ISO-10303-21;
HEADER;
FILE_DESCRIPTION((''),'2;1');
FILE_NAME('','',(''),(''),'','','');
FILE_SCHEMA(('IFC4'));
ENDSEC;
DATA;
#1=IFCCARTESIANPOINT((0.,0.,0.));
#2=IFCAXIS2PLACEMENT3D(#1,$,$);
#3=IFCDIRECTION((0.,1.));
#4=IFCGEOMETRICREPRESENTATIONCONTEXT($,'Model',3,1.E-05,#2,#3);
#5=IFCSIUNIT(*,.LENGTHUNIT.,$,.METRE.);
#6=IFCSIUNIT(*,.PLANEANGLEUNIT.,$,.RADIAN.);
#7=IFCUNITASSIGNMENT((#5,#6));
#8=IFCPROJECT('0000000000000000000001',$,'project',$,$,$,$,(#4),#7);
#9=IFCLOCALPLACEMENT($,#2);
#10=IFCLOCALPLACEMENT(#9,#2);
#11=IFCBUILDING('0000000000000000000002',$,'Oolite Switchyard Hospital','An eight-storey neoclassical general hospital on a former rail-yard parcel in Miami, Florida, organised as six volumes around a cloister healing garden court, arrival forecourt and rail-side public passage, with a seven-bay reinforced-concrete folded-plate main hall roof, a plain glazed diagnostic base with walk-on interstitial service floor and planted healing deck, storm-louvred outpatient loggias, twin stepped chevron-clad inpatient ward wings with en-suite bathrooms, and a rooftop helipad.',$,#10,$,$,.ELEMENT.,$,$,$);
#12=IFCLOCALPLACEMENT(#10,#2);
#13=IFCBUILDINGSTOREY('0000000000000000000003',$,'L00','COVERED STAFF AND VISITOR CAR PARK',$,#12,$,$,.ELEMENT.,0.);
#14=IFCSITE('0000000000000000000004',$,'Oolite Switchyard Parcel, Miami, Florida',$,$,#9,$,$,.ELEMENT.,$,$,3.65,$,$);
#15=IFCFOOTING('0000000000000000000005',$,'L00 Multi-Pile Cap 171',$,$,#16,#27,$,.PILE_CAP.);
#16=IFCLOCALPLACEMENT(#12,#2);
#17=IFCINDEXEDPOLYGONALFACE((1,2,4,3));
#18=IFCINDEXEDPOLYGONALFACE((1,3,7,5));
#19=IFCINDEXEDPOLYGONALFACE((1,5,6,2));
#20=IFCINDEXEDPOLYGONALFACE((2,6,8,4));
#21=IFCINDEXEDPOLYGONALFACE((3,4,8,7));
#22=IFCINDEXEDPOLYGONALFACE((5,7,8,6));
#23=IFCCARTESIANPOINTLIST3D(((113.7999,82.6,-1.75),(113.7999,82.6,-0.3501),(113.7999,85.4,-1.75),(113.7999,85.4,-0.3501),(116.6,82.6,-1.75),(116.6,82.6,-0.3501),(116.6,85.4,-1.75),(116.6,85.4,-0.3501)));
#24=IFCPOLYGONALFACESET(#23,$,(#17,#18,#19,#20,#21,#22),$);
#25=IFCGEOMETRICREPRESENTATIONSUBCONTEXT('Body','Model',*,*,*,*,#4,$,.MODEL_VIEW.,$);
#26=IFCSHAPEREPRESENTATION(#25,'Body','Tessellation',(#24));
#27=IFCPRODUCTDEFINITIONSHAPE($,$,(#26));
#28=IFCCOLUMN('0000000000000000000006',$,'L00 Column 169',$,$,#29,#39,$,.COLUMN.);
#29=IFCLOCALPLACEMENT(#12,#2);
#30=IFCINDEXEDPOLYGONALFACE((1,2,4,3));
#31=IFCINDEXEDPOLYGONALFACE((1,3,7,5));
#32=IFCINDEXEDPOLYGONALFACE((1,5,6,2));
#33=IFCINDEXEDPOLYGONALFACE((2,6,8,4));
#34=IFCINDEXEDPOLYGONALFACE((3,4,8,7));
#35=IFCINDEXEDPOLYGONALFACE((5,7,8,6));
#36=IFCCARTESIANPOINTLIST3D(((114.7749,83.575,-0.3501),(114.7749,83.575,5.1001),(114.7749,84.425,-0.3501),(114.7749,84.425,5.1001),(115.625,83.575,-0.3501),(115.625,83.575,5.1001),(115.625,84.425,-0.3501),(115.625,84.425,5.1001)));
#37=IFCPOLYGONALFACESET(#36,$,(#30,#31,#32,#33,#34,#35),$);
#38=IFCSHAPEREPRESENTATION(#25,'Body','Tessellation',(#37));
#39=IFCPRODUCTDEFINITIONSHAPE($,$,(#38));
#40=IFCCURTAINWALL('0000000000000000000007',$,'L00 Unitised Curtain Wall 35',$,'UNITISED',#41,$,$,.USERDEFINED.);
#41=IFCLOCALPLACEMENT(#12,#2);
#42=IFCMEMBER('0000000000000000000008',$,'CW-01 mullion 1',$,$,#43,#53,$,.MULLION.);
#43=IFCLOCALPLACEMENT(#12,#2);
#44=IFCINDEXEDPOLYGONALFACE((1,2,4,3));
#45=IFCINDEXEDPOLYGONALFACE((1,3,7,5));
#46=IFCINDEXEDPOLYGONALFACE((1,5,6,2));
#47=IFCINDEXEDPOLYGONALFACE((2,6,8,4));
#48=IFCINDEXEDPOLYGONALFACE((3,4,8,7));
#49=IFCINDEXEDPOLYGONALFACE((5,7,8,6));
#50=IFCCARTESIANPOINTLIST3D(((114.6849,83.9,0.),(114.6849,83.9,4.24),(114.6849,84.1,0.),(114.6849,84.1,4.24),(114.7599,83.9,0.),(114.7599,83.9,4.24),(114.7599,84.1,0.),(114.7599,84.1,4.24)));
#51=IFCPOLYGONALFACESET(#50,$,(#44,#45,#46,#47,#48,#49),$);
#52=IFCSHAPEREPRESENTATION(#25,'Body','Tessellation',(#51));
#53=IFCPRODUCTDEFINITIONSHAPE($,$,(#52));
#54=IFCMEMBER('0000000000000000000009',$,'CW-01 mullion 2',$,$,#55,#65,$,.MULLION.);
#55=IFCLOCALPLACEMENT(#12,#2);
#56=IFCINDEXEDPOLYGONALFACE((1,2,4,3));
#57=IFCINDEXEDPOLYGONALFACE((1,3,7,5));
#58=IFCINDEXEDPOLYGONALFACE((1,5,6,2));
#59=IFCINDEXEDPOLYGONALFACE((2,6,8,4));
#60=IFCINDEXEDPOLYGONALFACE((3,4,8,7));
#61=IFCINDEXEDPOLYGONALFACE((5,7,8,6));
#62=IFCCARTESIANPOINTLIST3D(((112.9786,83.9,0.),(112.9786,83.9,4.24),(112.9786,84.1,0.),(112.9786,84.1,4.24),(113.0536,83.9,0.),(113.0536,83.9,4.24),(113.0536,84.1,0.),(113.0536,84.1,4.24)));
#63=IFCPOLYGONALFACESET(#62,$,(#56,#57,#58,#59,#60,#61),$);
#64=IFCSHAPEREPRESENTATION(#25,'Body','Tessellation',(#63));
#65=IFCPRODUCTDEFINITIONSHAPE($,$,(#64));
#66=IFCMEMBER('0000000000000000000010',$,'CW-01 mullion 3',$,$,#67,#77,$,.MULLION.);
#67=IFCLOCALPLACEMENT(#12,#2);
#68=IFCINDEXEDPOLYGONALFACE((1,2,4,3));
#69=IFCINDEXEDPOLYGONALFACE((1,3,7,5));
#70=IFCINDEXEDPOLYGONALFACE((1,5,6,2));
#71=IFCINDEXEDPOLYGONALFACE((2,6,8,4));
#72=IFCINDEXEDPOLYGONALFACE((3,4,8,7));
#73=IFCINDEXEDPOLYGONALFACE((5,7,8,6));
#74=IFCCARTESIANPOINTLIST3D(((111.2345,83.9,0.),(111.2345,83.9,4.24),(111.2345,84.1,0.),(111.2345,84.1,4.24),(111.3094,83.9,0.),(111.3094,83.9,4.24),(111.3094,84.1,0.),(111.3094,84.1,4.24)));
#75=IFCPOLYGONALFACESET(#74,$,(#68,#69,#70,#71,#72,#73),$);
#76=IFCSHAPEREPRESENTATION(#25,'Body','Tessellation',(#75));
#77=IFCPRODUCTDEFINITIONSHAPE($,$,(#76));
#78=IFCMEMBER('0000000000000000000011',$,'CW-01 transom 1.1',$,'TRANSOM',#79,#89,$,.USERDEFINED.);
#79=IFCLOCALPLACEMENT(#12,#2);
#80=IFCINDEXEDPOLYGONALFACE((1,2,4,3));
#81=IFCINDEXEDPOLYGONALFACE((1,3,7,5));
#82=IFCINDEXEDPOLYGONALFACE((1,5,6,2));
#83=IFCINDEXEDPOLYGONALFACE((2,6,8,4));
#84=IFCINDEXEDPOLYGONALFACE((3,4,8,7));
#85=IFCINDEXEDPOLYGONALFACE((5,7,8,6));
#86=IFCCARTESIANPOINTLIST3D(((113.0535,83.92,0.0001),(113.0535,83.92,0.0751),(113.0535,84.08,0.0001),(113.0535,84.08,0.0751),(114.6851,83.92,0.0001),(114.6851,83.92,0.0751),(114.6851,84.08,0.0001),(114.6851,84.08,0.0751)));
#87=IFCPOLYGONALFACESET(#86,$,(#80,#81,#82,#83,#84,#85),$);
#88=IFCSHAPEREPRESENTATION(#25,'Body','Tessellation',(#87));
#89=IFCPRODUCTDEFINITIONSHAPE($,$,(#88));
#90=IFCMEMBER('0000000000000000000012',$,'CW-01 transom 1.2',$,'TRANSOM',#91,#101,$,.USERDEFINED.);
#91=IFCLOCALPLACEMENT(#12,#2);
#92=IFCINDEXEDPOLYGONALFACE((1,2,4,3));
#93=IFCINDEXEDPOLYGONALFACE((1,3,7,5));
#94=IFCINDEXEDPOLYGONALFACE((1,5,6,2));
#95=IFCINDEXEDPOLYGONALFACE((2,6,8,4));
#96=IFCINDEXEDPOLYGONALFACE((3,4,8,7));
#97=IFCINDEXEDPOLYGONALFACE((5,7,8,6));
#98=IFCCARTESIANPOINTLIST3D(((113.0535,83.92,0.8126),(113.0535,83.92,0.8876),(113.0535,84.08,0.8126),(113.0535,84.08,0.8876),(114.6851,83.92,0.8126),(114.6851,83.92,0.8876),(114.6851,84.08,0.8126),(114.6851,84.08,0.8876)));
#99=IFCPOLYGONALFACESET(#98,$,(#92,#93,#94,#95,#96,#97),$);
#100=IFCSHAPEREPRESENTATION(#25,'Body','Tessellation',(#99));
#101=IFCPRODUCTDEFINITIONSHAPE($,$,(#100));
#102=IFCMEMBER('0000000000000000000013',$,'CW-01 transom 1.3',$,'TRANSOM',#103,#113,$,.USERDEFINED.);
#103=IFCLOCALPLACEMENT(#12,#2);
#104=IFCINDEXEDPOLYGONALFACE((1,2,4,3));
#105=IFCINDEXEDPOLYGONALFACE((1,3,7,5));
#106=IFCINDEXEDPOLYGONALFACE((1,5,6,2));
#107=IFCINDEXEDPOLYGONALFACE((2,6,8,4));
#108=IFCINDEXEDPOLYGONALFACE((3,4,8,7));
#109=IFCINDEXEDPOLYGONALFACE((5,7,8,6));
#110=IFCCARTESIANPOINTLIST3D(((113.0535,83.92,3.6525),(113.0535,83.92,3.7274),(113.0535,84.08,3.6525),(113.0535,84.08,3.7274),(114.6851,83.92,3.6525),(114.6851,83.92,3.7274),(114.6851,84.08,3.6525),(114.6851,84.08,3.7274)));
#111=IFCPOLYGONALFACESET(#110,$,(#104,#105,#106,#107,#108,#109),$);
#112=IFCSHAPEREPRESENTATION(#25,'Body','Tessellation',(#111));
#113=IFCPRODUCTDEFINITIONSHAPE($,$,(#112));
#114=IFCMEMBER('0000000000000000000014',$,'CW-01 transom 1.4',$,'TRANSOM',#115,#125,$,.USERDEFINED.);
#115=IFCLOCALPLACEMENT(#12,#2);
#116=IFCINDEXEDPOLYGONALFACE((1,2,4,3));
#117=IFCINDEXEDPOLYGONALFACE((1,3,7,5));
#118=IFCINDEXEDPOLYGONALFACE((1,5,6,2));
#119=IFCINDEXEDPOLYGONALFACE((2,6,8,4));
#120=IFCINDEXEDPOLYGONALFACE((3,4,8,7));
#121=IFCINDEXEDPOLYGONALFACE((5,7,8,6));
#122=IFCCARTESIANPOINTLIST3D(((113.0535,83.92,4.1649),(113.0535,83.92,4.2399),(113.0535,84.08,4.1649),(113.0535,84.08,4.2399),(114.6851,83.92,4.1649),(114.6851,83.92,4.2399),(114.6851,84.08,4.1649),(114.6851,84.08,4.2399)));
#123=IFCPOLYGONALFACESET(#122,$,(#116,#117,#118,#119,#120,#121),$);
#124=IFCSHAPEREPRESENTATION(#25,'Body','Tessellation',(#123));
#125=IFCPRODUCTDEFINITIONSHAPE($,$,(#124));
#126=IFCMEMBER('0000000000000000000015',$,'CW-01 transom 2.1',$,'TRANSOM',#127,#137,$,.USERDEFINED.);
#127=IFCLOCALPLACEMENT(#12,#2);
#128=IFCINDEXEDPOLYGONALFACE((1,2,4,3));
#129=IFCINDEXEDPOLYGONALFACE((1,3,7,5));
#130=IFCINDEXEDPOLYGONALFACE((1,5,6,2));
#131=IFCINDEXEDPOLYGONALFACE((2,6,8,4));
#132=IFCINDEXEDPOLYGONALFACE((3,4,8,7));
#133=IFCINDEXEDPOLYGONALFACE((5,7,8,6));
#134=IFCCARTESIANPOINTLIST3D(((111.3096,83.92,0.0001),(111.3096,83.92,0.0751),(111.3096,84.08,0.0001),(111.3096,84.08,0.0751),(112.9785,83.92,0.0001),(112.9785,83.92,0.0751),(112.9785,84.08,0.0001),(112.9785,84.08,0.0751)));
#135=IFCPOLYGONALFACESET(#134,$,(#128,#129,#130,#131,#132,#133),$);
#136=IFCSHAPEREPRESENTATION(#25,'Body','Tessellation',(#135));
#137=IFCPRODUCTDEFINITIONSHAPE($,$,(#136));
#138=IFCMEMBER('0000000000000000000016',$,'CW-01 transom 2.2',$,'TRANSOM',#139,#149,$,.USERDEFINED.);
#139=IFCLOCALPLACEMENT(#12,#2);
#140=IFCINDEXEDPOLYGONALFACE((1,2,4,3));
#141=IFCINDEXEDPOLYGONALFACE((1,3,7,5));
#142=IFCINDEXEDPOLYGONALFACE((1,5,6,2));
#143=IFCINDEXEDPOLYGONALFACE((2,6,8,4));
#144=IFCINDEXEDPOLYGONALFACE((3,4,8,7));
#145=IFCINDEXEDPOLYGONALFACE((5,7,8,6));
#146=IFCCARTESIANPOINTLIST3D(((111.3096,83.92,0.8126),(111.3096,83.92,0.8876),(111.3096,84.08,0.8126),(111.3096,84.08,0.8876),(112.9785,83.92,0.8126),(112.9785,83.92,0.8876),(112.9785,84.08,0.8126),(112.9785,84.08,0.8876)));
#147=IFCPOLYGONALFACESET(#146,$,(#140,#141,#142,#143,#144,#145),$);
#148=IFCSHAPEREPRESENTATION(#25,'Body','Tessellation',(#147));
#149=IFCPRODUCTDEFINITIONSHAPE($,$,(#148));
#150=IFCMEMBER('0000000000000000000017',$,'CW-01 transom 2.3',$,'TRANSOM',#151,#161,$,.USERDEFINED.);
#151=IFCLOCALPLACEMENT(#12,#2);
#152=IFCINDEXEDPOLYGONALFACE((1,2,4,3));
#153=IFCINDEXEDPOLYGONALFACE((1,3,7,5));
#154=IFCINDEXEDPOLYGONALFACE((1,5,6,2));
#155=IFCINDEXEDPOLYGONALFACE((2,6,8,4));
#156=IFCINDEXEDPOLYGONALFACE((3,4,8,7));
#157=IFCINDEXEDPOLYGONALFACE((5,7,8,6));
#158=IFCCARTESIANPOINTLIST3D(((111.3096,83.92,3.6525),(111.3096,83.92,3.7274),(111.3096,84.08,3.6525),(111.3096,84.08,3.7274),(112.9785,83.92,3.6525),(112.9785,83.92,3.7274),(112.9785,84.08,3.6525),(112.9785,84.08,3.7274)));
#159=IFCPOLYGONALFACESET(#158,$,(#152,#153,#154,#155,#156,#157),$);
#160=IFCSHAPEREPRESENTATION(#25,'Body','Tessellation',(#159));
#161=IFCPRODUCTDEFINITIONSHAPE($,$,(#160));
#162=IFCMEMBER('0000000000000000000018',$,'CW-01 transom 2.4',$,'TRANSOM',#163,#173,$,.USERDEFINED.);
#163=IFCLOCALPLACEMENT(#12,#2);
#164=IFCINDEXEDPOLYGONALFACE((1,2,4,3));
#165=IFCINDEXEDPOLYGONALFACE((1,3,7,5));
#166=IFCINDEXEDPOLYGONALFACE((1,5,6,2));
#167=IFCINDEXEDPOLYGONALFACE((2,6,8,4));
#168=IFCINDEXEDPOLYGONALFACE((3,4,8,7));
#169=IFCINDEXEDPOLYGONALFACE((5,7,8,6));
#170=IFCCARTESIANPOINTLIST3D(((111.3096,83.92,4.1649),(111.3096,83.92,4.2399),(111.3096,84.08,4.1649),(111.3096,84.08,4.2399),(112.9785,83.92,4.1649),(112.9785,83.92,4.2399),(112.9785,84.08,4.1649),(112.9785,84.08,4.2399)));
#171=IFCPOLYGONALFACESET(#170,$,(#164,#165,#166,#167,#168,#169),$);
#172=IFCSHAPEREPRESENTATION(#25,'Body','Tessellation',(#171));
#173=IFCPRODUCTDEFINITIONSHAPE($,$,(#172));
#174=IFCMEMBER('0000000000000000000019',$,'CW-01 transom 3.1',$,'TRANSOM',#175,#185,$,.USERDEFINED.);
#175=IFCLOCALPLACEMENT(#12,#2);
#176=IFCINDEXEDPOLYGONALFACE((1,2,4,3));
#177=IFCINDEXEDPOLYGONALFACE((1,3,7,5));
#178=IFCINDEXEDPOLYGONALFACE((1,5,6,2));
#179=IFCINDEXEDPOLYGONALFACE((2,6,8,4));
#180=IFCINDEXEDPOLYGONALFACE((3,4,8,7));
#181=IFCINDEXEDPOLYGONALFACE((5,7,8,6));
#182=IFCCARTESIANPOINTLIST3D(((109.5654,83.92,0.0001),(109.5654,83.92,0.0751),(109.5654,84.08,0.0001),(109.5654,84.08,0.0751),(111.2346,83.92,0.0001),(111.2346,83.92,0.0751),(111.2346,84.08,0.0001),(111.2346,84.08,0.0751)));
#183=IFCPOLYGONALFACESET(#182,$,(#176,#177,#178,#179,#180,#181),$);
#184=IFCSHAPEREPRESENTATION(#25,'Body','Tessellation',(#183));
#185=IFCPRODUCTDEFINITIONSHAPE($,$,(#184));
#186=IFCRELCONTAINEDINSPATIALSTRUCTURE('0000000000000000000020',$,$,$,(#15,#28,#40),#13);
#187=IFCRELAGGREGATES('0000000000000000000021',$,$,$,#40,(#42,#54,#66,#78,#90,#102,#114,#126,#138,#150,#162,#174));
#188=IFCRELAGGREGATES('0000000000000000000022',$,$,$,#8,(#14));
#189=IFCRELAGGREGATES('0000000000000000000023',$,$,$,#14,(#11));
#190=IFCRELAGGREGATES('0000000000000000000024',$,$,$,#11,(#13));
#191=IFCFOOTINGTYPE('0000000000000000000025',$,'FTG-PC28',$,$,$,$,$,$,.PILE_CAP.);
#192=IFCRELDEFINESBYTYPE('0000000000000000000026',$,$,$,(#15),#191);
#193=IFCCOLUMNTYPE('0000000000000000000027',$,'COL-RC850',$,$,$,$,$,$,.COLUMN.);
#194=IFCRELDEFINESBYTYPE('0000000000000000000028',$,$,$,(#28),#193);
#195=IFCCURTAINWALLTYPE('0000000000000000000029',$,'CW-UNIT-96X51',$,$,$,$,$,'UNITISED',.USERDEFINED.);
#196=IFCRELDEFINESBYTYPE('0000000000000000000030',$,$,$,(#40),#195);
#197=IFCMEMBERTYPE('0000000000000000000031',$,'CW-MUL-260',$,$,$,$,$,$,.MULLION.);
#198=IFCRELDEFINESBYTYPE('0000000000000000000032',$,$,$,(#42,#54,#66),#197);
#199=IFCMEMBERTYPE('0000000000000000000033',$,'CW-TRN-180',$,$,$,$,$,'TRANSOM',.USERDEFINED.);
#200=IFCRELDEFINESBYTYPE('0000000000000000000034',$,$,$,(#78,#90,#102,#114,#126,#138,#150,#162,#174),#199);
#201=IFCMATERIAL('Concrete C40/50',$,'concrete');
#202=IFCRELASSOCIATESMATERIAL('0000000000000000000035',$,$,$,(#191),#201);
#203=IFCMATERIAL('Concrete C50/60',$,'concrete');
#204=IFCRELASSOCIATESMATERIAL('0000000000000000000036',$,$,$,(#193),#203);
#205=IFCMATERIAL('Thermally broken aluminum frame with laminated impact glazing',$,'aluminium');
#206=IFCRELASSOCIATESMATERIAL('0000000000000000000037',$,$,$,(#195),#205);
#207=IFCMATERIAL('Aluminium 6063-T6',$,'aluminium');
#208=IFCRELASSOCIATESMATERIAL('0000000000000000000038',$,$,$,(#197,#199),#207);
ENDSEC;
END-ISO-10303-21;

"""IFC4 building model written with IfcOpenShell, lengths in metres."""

from ifc_helpers import new_model, si_unit, direction, frame, origin, origin_2d, place, context, subcontext, project, spatial, rectangle, extrude, material, material_profile, profile_set, type_object, element, aggregate, save


model = new_model("IFC4")

# Units and contexts
model_context = context("Model", 3, precision=1e-05, world=origin(), true_north=direction((0.0, 1.0)))
body_context = subcontext(model_context, "Body", "Model", "MODEL_VIEW")
ifc_project = project(units=[si_unit("LENGTHUNIT", "METRE"), si_unit("PLANEANGLEUNIT", "RADIAN")], contexts=[model_context])

# Site, building, storey
site_placement = place(None, origin())
site = spatial("IfcSite", under=ifc_project, at=site_placement, Name="Oolite Switchyard Parcel, Miami, Florida", CompositionType="ELEMENT", RefElevation=3.65)
building_placement = place(site_placement, origin())
building = spatial("IfcBuilding", under=site, at=building_placement, Name="Oolite Switchyard Hospital", Description="An eight-storey neoclassical general hospital on a former rail-yard parcel in Miami, Florida, organised as six volumes around a cloister healing garden court, arrival forecourt and rail-side public passage, with a seven-bay reinforced-concrete folded-plate main hall roof, a plain glazed diagnostic base with walk-on interstitial service floor and planted healing deck, storm-louvred outpatient loggias, twin stepped chevron-clad inpatient ward wings with en-suite bathrooms, and a rooftop helipad.", CompositionType="ELEMENT")
storey_placement = place(building_placement, origin())
storey = spatial("IfcBuildingStorey", under=building, at=storey_placement, Name="L00", Description="COVERED STAFF AND VISITOR CAR PARK", CompositionType="ELEMENT", Elevation=0.0)

# Footing
ifc_material_1 = material(Name="Concrete C40/50", Category="concrete")
footing_type = type_object("IfcFootingType", Name="FTG-PC28", PredefinedType="PILE_CAP", material=ifc_material_1)
footing_placement = place(storey_placement, frame((115.2, 84.0, -1.75), z_axis=(0.0, 0.0, 1.0), x_axis=(1.0, 0.0, 0.0)))
element("IfcFooting", 1, at=footing_placement, inside=storey, type_object=footing_type, Name="L00 Multi-Pile Cap 171", PredefinedType="PILE_CAP", context=body_context, shape_type="SweptSolid", body=[
    extrude(rectangle(XDim=2.8, YDim=2.8, at=origin_2d()), origin(), (0.0, 0.0, 1.0), 1.3999),
])

# Column
ifc_material_2 = material(Name="Concrete C50/60", Category="concrete")
ifc_material_profile_1 = material_profile(ifc_material_2, rectangle(XDim=0.8501, YDim=0.8501, at=origin_2d()), Name="RC850X850")
ifc_profile_set_1 = profile_set([ifc_material_profile_1], Name="Concrete C50/60")
column_type = type_object("IfcColumnType", Name="COL-RC850", PredefinedType="COLUMN", material=ifc_profile_set_1)
column_placement = place(storey_placement, frame((115.2, 84.0, -0.3501), z_axis=(0.0, 0.0, 1.0), x_axis=(1.0, 0.0, 0.0)))
element("IfcColumn", 2, at=column_placement, inside=storey, type_object=column_type, Name="L00 Column 169", PredefinedType="COLUMN", context=body_context, shape_type="SweptSolid", body=[
    extrude(rectangle(XDim=0.8501, YDim=0.8501, at=origin_2d()), origin(), (0.0, 0.0, 1.0), 5.4502),
])

# Curtain wall, members
ifc_material_3 = material(Name="Thermally broken aluminum frame with laminated impact glazing", Category="aluminium")
curtain_wall_type = type_object("IfcCurtainWallType", Name="CW-UNIT-96X51", ElementType="UNITISED", PredefinedType="USERDEFINED", material=ifc_material_3)
curtain_wall_placement = place(storey_placement, origin())
curtain_wall = element("IfcCurtainWall", 3, at=curtain_wall_placement, inside=storey, type_object=curtain_wall_type, Name="L00 Unitised Curtain Wall 35", ObjectType="UNITISED", PredefinedType="USERDEFINED")
ifc_material_4 = material(Name="Aluminium 6063-T6", Category="aluminium")
ifc_material_profile_2 = material_profile(ifc_material_4, rectangle(XDim=0.2, YDim=0.075, at=origin_2d()), Name="CWM75X200")
ifc_profile_set_2 = profile_set([ifc_material_profile_2], Name="Aluminium 6063-T6")
member_type_1 = type_object("IfcMemberType", Name="CW-MUL-260", PredefinedType="MULLION", material=ifc_profile_set_2)
member_1_placement = place(storey_placement, frame((114.7224, 84.0, 0.0), z_axis=(0.0, 0.0, 1.0), x_axis=(0.0, -1.0, 0.0)))
member_1 = element("IfcMember", 4, at=member_1_placement, type_object=member_type_1, Name="CW-01 mullion 1", PredefinedType="MULLION", context=body_context, shape_type="SweptSolid", body=[
    extrude(rectangle(XDim=0.2, YDim=0.075, at=origin_2d()), origin(), (0.0, 0.0, 1.0), 4.24),
])
member_2_placement = place(storey_placement, frame((113.0161, 84.0, 0.0), z_axis=(0.0, 0.0, 1.0), x_axis=(0.0, -1.0, 0.0)))
member_2 = element("IfcMember", 5, at=member_2_placement, type_object=member_type_1, Name="CW-01 mullion 2", PredefinedType="MULLION", context=body_context, shape_type="SweptSolid", body=[
    extrude(rectangle(XDim=0.2, YDim=0.075, at=origin_2d()), origin(), (0.0, 0.0, 1.0), 4.24),
])
member_3_placement = place(storey_placement, frame((111.272, 84.0, 0.0), z_axis=(0.0, 0.0, 1.0), x_axis=(0.0, -1.0, 0.0)))
member_3 = element("IfcMember", 6, at=member_3_placement, type_object=member_type_1, Name="CW-01 mullion 3", PredefinedType="MULLION", context=body_context, shape_type="SweptSolid", body=[
    extrude(rectangle(XDim=0.2, YDim=0.075, at=origin_2d()), origin(), (0.0, 0.0, 1.0), 4.24),
])
ifc_material_profile_3 = material_profile(ifc_material_4, rectangle(XDim=0.1599, YDim=0.075, at=origin_2d()), Name="CWT75X160")
ifc_profile_set_3 = profile_set([ifc_material_profile_3], Name="Aluminium 6063-T6")
member_type_2 = type_object("IfcMemberType", Name="CW-TRN-180", ElementType="TRANSOM", PredefinedType="USERDEFINED", material=ifc_profile_set_3)
member_4_placement = place(storey_placement, frame((114.6851, 84.0, 0.0376), z_axis=(-1.0, 0.0, 0.0), x_axis=(0.0, -1.0, 0.0)))
member_4 = element("IfcMember", 7, at=member_4_placement, type_object=member_type_2, Name="CW-01 transom 1.1", ObjectType="TRANSOM", PredefinedType="USERDEFINED", context=body_context, shape_type="SweptSolid", body=[
    extrude(rectangle(XDim=0.1599, YDim=0.075, at=origin_2d()), origin(), (0.0, 0.0, 1.0), 1.6316),
])
member_5_placement = place(storey_placement, frame((114.6851, 84.0, 0.8501), z_axis=(-1.0, 0.0, 0.0), x_axis=(0.0, -1.0, 0.0)))
member_5 = element("IfcMember", 8, at=member_5_placement, type_object=member_type_2, Name="CW-01 transom 1.2", ObjectType="TRANSOM", PredefinedType="USERDEFINED", context=body_context, shape_type="SweptSolid", body=[
    extrude(rectangle(XDim=0.1599, YDim=0.075, at=origin_2d()), origin(), (0.0, 0.0, 1.0), 1.6316),
])
member_6_placement = place(storey_placement, frame((114.6851, 84.0, 3.6899), z_axis=(-1.0, 0.0, 0.0), x_axis=(0.0, -1.0, 0.0)))
member_6 = element("IfcMember", 9, at=member_6_placement, type_object=member_type_2, Name="CW-01 transom 1.3", ObjectType="TRANSOM", PredefinedType="USERDEFINED", context=body_context, shape_type="SweptSolid", body=[
    extrude(rectangle(XDim=0.1599, YDim=0.075, at=origin_2d()), origin(), (0.0, 0.0, 1.0), 1.6316),
])
member_7_placement = place(storey_placement, frame((114.6851, 84.0, 4.2024), z_axis=(-1.0, 0.0, 0.0), x_axis=(0.0, -1.0, 0.0)))
member_7 = element("IfcMember", 10, at=member_7_placement, type_object=member_type_2, Name="CW-01 transom 1.4", ObjectType="TRANSOM", PredefinedType="USERDEFINED", context=body_context, shape_type="SweptSolid", body=[
    extrude(rectangle(XDim=0.1599, YDim=0.075, at=origin_2d()), origin(), (0.0, 0.0, 1.0), 1.6316),
])
member_8_placement = place(storey_placement, frame((112.9785, 84.0, 0.0376), z_axis=(-1.0, 0.0, 0.0), x_axis=(0.0, -1.0, 0.0)))
member_8 = element("IfcMember", 11, at=member_8_placement, type_object=member_type_2, Name="CW-01 transom 2.1", ObjectType="TRANSOM", PredefinedType="USERDEFINED", context=body_context, shape_type="SweptSolid", body=[
    extrude(rectangle(XDim=0.1599, YDim=0.075, at=origin_2d()), origin(), (0.0, 0.0, 1.0), 1.6689),
])
member_9_placement = place(storey_placement, frame((112.9785, 84.0, 0.8501), z_axis=(-1.0, 0.0, 0.0), x_axis=(0.0, -1.0, 0.0)))
member_9 = element("IfcMember", 12, at=member_9_placement, type_object=member_type_2, Name="CW-01 transom 2.2", ObjectType="TRANSOM", PredefinedType="USERDEFINED", context=body_context, shape_type="SweptSolid", body=[
    extrude(rectangle(XDim=0.1599, YDim=0.075, at=origin_2d()), origin(), (0.0, 0.0, 1.0), 1.6689),
])
member_10_placement = place(storey_placement, frame((112.9785, 84.0, 3.6899), z_axis=(-1.0, 0.0, 0.0), x_axis=(0.0, -1.0, 0.0)))
member_10 = element("IfcMember", 13, at=member_10_placement, type_object=member_type_2, Name="CW-01 transom 2.3", ObjectType="TRANSOM", PredefinedType="USERDEFINED", context=body_context, shape_type="SweptSolid", body=[
    extrude(rectangle(XDim=0.1599, YDim=0.075, at=origin_2d()), origin(), (0.0, 0.0, 1.0), 1.6689),
])
member_11_placement = place(storey_placement, frame((112.9785, 84.0, 4.2024), z_axis=(-1.0, 0.0, 0.0), x_axis=(0.0, -1.0, 0.0)))
member_11 = element("IfcMember", 14, at=member_11_placement, type_object=member_type_2, Name="CW-01 transom 2.4", ObjectType="TRANSOM", PredefinedType="USERDEFINED", context=body_context, shape_type="SweptSolid", body=[
    extrude(rectangle(XDim=0.1599, YDim=0.075, at=origin_2d()), origin(), (0.0, 0.0, 1.0), 1.6689),
])
member_12_placement = place(storey_placement, frame((111.2346, 84.0, 0.0376), z_axis=(-1.0, 0.0, 0.0), x_axis=(0.0, -1.0, 0.0)))
member_12 = element("IfcMember", 15, at=member_12_placement, type_object=member_type_2, Name="CW-01 transom 3.1", ObjectType="TRANSOM", PredefinedType="USERDEFINED", context=body_context, shape_type="SweptSolid", body=[
    extrude(rectangle(XDim=0.1599, YDim=0.075, at=origin_2d()), origin(), (0.0, 0.0, 1.0), 1.6692),
])
aggregate(curtain_wall, [member_1, member_2, member_3, member_4, member_5, member_6, member_7, member_8, member_9, member_10, member_11, member_12])

save(model, "model.ifc")
